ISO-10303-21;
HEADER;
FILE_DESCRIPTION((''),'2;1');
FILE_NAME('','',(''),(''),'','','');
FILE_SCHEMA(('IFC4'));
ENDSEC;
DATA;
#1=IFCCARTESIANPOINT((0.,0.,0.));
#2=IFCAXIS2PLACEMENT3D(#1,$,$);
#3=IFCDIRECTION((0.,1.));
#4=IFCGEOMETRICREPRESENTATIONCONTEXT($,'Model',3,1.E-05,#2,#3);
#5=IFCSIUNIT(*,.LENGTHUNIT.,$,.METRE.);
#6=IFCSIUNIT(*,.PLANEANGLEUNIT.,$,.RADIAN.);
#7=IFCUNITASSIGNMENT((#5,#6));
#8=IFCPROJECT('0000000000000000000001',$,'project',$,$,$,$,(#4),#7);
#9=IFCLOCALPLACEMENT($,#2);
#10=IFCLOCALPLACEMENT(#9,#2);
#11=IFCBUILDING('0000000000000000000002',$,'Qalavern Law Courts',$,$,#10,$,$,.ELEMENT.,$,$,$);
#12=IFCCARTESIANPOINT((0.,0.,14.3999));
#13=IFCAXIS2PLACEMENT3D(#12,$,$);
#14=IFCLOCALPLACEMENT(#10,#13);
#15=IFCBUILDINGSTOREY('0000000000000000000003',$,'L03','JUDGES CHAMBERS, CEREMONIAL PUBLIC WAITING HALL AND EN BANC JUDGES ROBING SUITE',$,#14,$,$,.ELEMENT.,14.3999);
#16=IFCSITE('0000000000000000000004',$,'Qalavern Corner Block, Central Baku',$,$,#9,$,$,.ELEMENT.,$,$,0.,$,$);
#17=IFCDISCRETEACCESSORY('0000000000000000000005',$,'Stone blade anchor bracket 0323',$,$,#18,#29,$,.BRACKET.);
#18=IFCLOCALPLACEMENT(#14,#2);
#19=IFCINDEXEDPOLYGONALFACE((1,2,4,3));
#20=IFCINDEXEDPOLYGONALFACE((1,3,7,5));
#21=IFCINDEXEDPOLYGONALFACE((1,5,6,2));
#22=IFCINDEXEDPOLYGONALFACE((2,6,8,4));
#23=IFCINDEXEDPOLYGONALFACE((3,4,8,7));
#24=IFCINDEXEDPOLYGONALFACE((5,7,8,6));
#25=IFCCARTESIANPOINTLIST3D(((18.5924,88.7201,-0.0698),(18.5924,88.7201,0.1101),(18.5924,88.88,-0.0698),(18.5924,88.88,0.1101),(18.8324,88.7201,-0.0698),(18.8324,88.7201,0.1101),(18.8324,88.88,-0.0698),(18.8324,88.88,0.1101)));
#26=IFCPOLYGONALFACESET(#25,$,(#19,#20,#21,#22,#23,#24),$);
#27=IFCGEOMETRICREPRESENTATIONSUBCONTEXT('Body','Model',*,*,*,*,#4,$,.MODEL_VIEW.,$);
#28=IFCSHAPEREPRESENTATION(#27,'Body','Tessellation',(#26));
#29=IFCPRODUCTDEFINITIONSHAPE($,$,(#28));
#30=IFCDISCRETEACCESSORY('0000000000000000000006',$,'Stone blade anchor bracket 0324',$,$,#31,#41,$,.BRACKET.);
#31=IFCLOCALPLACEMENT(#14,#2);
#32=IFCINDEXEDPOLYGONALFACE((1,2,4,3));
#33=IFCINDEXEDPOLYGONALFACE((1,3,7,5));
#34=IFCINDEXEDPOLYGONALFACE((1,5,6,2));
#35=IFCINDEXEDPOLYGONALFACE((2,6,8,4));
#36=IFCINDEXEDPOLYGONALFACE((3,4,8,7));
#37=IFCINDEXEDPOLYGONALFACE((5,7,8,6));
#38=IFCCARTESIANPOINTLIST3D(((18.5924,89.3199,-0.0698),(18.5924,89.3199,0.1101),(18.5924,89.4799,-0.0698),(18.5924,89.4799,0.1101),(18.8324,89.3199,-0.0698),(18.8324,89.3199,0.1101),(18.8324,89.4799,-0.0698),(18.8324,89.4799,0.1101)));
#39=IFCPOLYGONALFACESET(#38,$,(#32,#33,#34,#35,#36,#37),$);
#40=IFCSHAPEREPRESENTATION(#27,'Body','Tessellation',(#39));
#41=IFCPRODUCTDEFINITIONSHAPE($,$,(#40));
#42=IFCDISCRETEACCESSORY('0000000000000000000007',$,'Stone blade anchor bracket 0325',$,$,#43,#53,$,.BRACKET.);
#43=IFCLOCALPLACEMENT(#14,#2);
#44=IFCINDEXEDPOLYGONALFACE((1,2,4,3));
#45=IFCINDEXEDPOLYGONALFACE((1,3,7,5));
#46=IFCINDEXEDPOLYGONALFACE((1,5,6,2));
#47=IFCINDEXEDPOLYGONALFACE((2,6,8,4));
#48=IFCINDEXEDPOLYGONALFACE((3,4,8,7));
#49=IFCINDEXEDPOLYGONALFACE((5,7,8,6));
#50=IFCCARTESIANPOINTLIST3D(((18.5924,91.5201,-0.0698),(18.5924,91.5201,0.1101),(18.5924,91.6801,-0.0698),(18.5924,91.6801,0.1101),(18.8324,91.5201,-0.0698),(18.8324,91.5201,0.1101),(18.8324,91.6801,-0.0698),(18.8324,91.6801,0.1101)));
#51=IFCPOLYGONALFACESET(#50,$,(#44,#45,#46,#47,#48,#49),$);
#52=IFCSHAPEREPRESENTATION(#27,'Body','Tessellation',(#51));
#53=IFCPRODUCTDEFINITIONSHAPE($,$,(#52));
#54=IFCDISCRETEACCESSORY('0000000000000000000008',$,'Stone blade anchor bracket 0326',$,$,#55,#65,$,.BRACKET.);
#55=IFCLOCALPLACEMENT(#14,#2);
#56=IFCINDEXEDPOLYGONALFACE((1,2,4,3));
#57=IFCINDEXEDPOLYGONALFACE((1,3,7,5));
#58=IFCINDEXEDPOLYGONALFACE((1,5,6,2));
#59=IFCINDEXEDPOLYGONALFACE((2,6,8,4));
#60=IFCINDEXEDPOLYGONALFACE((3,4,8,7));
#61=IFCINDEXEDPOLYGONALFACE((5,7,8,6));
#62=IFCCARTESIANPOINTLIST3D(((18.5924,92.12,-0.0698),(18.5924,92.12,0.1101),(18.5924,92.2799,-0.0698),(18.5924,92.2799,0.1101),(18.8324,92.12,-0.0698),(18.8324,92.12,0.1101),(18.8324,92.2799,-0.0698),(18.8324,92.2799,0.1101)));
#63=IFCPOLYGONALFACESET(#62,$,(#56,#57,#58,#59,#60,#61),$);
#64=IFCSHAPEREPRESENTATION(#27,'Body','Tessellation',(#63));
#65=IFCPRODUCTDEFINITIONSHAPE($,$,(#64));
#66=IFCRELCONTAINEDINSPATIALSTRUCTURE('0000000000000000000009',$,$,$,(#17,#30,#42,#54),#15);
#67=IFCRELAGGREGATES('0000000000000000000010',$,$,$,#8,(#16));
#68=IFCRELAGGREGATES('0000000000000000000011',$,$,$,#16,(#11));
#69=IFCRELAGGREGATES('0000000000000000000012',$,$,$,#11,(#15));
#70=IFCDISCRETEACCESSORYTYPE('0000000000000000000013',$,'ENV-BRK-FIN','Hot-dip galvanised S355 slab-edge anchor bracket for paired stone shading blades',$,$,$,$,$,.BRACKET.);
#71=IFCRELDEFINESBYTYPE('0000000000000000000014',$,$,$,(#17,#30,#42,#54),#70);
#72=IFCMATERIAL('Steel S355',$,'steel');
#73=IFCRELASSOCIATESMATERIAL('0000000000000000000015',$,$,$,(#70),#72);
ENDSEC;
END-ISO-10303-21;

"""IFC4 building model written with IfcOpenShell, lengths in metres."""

from ifc_helpers import new_model, si_unit, direction, frame, origin, origin_2d, place, context, subcontext, project, spatial, rectangle, extrude, material, type_object, element, save


model = new_model("IFC4")

# Units and contexts
model_context = context("Model", 3, precision=1e-05, world=origin(), true_north=direction((0.0, 1.0)))
body_context = subcontext(model_context, "Body", "Model", "MODEL_VIEW")
ifc_project = project(units=[si_unit("LENGTHUNIT", "METRE"), si_unit("PLANEANGLEUNIT", "RADIAN")], contexts=[model_context])

# Site, building, storey
site_placement = place(None, origin())
site = spatial("IfcSite", under=ifc_project, at=site_placement, Name="Qalavern Corner Block, Central Baku", CompositionType="ELEMENT", RefElevation=0.0)
building_placement = place(site_placement, origin())
building = spatial("IfcBuilding", under=site, at=building_placement, Name="Qalavern Law Courts", CompositionType="ELEMENT")
storey_placement = place(building_placement, frame((0.0, 0.0, 14.3999)))
storey = spatial("IfcBuildingStorey", under=building, at=storey_placement, Name="L03", Description="JUDGES CHAMBERS, CEREMONIAL PUBLIC WAITING HALL AND EN BANC JUDGES ROBING SUITE", CompositionType="ELEMENT", Elevation=14.3999)

# Discrete accessories
ifc_material_1 = material(Name="Steel S355", Category="steel")
discrete_accessory_type = type_object("IfcDiscreteAccessoryType", Name="ENV-BRK-FIN", Description="Hot-dip galvanised S355 slab-edge anchor bracket for paired stone shading blades", PredefinedType="BRACKET", material=ifc_material_1)
for number, where, z_axis, x_axis, name in (
    (1, (18.7124, 88.8, -0.0698), (0.0, 0.0, 1.0), (1.0, 0.0, 0.0), "Stone blade anchor bracket 0323"),
    (2, (18.7124, 89.3999, -0.0698), (0.0, 0.0, 1.0), (1.0, 0.0, 0.0), "Stone blade anchor bracket 0324"),
    (3, (18.7124, 91.6001, -0.0698), (0.0, 0.0, 1.0), (1.0, 0.0, 0.0), "Stone blade anchor bracket 0325"),
    (4, (18.7124, 92.2, -0.0698), (0.0, 0.0, 1.0), (1.0, 0.0, 0.0), "Stone blade anchor bracket 0326"),
):
    element("IfcDiscreteAccessory", number, at=place(storey_placement, frame(where, z_axis=z_axis, x_axis=x_axis)), inside=storey, type_object=discrete_accessory_type, Name=name, PredefinedType="BRACKET", context=body_context, shape_type="SweptSolid", body=[
        extrude(rectangle(XDim=0.24, YDim=0.1599, at=origin_2d()), origin(), (0.0, 0.0, 1.0), 0.1799),
    ])

save(model, "model.ifc")
